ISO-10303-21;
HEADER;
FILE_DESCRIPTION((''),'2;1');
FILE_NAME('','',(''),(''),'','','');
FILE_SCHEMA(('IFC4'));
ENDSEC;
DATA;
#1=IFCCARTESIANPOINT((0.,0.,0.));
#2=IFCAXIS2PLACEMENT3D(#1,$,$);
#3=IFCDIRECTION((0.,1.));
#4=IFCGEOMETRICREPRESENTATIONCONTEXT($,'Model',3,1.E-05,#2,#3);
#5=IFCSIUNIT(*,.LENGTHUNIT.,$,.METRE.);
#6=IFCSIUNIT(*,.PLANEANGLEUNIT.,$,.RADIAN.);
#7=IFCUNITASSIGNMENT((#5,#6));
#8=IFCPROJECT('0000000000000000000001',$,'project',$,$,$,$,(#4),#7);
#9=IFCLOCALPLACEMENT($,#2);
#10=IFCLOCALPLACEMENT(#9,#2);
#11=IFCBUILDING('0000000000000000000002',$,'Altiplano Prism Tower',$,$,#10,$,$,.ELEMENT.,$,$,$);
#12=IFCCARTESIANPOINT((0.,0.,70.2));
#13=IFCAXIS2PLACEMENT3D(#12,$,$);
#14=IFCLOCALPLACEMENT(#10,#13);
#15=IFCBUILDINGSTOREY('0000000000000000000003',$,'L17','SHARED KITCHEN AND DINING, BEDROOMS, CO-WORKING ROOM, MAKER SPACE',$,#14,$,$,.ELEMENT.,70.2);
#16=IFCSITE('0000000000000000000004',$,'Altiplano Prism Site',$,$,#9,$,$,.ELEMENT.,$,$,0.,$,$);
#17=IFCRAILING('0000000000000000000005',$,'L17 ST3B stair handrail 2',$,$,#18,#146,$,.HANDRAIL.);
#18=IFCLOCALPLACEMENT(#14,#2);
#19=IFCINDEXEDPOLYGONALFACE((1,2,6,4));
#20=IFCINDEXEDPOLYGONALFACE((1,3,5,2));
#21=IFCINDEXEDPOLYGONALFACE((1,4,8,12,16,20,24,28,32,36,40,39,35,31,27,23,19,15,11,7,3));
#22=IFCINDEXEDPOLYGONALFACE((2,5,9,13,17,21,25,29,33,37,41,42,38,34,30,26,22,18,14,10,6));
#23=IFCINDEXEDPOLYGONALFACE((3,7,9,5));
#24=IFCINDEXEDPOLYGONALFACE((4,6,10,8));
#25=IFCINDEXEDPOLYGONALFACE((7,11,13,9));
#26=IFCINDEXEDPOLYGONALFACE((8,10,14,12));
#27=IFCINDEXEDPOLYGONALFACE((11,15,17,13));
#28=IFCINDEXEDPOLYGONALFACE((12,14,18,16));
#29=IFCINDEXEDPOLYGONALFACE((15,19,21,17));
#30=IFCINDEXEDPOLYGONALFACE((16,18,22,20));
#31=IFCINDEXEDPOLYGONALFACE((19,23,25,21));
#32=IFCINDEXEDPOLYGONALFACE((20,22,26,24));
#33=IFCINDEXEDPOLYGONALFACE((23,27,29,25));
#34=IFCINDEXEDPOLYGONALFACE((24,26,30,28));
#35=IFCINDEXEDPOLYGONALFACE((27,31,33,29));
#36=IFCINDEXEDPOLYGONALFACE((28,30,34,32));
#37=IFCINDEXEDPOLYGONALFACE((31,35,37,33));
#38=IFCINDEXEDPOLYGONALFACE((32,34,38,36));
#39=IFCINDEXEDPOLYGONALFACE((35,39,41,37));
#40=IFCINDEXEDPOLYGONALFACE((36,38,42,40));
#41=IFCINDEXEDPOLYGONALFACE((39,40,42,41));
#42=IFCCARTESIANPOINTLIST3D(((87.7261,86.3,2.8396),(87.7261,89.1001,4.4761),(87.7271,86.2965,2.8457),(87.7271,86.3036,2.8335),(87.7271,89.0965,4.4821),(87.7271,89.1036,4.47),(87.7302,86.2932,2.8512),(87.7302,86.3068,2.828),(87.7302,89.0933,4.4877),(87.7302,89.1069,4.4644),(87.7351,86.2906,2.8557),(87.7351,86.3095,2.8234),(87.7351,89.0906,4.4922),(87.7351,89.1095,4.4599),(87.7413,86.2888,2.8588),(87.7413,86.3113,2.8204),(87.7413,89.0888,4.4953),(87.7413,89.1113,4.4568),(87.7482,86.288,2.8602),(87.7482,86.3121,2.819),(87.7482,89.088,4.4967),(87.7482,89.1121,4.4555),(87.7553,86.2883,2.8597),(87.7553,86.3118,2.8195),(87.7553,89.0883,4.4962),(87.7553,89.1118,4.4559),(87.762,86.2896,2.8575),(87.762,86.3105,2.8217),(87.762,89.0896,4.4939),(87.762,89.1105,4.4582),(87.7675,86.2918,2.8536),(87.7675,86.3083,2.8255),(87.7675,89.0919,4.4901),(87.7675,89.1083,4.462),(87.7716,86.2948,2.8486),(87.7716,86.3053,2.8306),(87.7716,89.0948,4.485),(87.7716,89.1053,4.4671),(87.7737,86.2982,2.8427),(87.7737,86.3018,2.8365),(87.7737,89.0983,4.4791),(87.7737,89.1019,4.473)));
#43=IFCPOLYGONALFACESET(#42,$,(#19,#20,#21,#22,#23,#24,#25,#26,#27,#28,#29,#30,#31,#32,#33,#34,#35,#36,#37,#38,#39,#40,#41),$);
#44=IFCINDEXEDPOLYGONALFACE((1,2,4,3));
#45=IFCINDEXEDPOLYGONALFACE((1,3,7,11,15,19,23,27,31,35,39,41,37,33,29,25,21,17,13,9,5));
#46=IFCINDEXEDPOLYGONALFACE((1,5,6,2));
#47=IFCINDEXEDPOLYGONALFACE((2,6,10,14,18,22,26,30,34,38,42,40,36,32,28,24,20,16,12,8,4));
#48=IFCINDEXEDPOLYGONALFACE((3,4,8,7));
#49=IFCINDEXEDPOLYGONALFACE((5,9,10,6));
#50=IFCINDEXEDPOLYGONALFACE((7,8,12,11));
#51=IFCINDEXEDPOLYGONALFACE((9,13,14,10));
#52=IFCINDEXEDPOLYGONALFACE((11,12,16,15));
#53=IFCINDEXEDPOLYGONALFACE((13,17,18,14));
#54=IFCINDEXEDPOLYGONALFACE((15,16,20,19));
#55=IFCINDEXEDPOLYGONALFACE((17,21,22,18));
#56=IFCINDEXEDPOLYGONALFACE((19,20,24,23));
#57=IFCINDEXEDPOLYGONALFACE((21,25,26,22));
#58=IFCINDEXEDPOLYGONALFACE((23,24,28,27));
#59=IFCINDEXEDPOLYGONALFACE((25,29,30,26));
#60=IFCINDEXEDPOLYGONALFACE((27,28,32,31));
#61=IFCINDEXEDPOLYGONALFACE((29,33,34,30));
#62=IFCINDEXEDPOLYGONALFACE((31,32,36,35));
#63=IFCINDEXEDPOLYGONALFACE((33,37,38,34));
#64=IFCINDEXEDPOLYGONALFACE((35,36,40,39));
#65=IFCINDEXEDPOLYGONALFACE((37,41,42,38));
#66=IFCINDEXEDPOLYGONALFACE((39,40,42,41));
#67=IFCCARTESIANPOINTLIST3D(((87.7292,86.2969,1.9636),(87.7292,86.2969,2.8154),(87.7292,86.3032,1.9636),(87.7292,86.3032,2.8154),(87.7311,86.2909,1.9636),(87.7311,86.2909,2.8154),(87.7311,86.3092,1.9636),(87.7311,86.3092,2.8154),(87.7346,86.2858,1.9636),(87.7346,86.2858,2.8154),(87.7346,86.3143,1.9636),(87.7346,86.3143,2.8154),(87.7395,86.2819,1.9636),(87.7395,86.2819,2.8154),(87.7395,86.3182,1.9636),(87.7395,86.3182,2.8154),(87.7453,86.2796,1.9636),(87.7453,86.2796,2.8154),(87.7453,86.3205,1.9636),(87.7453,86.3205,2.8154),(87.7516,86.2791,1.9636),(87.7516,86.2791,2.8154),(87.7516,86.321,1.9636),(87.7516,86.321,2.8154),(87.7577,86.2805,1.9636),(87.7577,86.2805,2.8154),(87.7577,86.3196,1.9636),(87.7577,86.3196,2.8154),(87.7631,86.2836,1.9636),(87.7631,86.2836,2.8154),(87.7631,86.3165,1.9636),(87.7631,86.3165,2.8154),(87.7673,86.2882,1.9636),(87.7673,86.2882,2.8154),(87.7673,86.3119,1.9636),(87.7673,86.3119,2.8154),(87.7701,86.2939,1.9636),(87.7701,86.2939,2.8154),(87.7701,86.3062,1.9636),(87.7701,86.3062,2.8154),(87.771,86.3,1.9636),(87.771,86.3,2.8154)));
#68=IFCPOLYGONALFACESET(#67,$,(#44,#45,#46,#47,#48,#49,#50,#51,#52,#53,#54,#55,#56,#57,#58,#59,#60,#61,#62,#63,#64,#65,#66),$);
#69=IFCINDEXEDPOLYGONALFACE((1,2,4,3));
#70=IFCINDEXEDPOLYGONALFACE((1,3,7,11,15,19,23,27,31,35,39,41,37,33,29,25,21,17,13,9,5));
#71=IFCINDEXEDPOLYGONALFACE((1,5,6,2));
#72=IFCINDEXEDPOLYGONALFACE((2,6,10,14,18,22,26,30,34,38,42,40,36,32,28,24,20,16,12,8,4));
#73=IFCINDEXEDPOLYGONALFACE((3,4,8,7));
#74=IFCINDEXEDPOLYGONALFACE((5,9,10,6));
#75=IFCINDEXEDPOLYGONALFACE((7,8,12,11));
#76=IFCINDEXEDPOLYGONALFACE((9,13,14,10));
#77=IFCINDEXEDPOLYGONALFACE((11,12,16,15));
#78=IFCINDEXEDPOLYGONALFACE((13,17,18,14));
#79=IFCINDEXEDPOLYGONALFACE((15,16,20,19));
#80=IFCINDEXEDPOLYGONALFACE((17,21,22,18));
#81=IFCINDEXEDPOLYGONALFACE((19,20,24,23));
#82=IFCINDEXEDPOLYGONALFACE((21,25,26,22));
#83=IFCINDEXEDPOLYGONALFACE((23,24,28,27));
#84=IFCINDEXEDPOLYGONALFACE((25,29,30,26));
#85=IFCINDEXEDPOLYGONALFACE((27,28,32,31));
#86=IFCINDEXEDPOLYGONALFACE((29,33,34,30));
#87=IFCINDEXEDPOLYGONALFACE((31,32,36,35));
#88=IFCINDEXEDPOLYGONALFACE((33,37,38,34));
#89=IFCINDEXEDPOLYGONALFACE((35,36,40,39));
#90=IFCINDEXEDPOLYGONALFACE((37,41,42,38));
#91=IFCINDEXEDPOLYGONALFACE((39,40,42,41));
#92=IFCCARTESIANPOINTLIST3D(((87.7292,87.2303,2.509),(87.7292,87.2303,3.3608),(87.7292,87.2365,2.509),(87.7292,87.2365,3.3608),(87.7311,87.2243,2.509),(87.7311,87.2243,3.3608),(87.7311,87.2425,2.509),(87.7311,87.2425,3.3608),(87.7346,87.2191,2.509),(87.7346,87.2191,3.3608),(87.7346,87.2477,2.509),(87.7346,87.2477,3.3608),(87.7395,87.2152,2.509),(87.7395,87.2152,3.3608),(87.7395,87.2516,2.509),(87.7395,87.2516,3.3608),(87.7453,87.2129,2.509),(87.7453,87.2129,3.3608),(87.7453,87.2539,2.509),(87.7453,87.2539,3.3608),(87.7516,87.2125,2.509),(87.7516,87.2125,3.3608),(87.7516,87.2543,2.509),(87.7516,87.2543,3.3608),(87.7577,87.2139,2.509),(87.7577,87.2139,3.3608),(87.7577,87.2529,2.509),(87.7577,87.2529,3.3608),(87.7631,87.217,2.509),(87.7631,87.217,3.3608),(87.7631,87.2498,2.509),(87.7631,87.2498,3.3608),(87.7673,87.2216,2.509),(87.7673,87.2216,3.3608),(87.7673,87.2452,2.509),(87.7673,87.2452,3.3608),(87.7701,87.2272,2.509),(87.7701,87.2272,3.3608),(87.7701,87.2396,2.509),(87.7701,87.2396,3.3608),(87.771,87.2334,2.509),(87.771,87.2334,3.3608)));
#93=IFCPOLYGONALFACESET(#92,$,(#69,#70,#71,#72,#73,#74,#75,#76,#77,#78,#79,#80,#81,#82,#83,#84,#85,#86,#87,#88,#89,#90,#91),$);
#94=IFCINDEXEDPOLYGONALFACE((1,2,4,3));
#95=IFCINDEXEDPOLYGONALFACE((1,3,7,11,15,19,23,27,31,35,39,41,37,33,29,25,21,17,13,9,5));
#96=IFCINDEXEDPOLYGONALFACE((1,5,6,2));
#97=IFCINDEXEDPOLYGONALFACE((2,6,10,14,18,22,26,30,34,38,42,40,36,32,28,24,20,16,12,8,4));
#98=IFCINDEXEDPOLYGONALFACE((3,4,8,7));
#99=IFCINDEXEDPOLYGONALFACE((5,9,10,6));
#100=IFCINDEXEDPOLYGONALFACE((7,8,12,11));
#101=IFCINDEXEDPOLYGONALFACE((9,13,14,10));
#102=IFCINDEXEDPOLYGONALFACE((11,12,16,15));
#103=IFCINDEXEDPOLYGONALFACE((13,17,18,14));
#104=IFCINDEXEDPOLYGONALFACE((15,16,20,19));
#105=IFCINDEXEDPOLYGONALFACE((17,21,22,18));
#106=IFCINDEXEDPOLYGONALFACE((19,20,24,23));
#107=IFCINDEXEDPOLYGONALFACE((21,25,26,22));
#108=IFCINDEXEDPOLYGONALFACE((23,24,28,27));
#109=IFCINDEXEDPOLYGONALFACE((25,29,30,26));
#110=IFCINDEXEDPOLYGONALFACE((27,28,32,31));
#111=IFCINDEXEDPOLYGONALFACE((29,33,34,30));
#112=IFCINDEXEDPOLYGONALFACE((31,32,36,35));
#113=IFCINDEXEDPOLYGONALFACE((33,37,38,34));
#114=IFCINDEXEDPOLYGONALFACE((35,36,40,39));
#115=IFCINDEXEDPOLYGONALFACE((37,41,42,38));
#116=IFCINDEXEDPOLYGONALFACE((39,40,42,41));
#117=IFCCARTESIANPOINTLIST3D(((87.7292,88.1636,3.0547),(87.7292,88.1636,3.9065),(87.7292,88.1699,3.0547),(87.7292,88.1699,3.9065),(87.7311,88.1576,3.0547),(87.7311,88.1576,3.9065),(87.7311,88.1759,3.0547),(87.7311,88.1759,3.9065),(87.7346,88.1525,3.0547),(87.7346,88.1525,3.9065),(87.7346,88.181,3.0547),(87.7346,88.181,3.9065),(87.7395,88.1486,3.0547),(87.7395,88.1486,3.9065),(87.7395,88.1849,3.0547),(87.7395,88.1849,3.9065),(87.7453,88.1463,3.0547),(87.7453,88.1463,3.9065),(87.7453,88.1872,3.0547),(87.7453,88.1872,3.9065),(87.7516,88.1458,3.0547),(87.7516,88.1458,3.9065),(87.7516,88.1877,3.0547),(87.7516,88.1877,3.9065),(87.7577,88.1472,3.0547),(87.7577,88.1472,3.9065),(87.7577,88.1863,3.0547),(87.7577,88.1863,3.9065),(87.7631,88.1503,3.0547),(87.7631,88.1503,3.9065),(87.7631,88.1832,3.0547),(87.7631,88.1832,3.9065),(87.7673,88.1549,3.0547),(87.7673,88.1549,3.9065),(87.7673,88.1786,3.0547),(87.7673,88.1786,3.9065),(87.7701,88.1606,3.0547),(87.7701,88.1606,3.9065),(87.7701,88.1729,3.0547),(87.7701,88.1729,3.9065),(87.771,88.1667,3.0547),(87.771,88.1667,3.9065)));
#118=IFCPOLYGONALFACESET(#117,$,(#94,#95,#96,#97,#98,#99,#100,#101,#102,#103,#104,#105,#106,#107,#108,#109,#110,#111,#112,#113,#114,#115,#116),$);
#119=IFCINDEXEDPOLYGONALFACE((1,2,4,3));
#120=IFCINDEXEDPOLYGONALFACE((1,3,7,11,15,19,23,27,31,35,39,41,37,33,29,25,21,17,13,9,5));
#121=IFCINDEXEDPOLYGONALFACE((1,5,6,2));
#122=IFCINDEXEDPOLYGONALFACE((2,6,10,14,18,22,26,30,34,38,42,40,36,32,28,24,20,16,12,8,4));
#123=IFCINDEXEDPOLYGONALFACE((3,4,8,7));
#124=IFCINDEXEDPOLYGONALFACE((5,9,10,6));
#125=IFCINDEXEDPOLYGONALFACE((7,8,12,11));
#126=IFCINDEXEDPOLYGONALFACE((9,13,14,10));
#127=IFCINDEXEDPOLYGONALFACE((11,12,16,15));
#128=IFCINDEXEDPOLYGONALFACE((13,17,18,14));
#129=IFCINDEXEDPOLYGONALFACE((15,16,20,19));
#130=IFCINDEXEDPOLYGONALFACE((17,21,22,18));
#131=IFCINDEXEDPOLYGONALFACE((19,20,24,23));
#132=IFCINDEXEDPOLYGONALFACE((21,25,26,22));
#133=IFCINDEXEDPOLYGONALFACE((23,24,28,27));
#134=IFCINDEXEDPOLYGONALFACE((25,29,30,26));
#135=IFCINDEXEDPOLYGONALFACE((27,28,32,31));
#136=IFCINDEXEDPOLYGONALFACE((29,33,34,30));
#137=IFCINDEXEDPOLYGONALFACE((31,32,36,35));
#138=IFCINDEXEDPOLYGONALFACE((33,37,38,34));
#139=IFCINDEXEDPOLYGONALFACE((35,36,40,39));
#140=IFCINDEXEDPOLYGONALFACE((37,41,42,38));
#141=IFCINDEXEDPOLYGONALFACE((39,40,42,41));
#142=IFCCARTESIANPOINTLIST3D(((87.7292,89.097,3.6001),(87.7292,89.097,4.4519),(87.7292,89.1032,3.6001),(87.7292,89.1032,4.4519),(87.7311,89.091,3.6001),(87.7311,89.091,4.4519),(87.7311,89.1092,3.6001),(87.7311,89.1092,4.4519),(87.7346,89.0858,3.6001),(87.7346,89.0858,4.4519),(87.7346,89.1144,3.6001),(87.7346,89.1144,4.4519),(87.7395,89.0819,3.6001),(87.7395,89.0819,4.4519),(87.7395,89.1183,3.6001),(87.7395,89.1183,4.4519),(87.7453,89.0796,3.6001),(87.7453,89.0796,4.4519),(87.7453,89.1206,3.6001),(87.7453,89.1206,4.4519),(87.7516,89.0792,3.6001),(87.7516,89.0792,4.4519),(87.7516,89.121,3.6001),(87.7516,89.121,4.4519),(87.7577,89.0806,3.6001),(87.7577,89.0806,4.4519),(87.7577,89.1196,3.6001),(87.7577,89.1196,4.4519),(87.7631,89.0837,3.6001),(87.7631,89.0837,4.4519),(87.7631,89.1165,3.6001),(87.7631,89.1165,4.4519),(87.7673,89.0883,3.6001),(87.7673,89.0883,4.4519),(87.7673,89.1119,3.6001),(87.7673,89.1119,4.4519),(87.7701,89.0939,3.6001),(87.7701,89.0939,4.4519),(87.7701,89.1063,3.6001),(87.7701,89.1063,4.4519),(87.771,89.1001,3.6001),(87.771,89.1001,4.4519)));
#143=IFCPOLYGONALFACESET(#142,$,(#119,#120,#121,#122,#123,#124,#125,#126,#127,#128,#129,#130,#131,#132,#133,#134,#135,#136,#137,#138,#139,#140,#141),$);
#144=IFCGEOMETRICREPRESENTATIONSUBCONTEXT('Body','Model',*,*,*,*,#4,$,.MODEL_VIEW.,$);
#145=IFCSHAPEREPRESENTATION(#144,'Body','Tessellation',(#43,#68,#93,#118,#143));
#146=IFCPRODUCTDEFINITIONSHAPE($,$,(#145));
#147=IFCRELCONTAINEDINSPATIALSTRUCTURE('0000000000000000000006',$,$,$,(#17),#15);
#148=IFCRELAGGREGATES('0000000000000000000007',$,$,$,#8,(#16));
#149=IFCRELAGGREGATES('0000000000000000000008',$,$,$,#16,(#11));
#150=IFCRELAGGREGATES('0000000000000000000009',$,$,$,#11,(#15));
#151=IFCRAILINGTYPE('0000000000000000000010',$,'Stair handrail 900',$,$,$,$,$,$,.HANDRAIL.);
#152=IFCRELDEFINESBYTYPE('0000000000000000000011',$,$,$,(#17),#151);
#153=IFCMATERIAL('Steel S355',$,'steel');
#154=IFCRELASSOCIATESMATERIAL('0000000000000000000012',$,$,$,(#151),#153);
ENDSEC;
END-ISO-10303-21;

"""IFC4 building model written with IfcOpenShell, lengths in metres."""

from ifc_helpers import new_model, si_unit, direction, frame, origin, origin_2d, place, context, subcontext, project, spatial, circle, extrude, material, type_object, element, save


model = new_model("IFC4")

# Units and contexts
model_context = context("Model", 3, precision=1e-05, world=origin(), true_north=direction((0.0, 1.0)))
body_context = subcontext(model_context, "Body", "Model", "MODEL_VIEW")
ifc_project = project(units=[si_unit("LENGTHUNIT", "METRE"), si_unit("PLANEANGLEUNIT", "RADIAN")], contexts=[model_context])

# Site, building, storey
site_placement = place(None, origin())
site = spatial("IfcSite", under=ifc_project, at=site_placement, Name="Altiplano Prism Site", CompositionType="ELEMENT", RefElevation=0.0)
building_placement = place(site_placement, origin())
building = spatial("IfcBuilding", under=site, at=building_placement, Name="Altiplano Prism Tower", CompositionType="ELEMENT")
storey_placement = place(building_placement, frame((0.0, 0.0, 70.2)))
storey = spatial("IfcBuildingStorey", under=building, at=storey_placement, Name="L17", Description="SHARED KITCHEN AND DINING, BEDROOMS, CO-WORKING ROOM, MAKER SPACE", CompositionType="ELEMENT", Elevation=70.2)

# Railing
ifc_material_1 = material(Name="Steel S355", Category="steel")
railing_type = type_object("IfcRailingType", Name="Stair handrail 900", PredefinedType="HANDRAIL", material=ifc_material_1)
for number, where, name in (
    (1, (87.75, 86.3, 1.9636), "L17 ST3B stair handrail 2"),
):
    element("IfcRailing", number, at=place(storey_placement, frame(where)), inside=storey, type_object=railing_type, Name=name, PredefinedType="HANDRAIL", context=body_context, shape_type="SweptSolid", body=[
        extrude(circle(Radius=0.0239, at=origin_2d()), frame((0.0, 0.0, 0.876), z_axis=(0.0, 0.863361, 0.504587), x_axis=(-1.0, 0.0, 0.0)), (0.0, 0.0, 1.0), 3.2432),
        extrude(circle(Radius=0.021, at=origin_2d()), origin(), (0.0, 0.0, 1.0), 0.8518),
        extrude(circle(Radius=0.021, at=origin_2d()), frame((0.0, 0.9333, 0.5454)), (0.0, 0.0, 1.0), 0.8518),
        extrude(circle(Radius=0.021, at=origin_2d()), frame((0.0, 1.8667, 1.0911)), (0.0, 0.0, 1.0), 0.8518),
        extrude(circle(Radius=0.021, at=origin_2d()), frame((0.0, 2.8, 1.6365)), (0.0, 0.0, 1.0), 0.8518),
    ])

save(model, "model.ifc")
